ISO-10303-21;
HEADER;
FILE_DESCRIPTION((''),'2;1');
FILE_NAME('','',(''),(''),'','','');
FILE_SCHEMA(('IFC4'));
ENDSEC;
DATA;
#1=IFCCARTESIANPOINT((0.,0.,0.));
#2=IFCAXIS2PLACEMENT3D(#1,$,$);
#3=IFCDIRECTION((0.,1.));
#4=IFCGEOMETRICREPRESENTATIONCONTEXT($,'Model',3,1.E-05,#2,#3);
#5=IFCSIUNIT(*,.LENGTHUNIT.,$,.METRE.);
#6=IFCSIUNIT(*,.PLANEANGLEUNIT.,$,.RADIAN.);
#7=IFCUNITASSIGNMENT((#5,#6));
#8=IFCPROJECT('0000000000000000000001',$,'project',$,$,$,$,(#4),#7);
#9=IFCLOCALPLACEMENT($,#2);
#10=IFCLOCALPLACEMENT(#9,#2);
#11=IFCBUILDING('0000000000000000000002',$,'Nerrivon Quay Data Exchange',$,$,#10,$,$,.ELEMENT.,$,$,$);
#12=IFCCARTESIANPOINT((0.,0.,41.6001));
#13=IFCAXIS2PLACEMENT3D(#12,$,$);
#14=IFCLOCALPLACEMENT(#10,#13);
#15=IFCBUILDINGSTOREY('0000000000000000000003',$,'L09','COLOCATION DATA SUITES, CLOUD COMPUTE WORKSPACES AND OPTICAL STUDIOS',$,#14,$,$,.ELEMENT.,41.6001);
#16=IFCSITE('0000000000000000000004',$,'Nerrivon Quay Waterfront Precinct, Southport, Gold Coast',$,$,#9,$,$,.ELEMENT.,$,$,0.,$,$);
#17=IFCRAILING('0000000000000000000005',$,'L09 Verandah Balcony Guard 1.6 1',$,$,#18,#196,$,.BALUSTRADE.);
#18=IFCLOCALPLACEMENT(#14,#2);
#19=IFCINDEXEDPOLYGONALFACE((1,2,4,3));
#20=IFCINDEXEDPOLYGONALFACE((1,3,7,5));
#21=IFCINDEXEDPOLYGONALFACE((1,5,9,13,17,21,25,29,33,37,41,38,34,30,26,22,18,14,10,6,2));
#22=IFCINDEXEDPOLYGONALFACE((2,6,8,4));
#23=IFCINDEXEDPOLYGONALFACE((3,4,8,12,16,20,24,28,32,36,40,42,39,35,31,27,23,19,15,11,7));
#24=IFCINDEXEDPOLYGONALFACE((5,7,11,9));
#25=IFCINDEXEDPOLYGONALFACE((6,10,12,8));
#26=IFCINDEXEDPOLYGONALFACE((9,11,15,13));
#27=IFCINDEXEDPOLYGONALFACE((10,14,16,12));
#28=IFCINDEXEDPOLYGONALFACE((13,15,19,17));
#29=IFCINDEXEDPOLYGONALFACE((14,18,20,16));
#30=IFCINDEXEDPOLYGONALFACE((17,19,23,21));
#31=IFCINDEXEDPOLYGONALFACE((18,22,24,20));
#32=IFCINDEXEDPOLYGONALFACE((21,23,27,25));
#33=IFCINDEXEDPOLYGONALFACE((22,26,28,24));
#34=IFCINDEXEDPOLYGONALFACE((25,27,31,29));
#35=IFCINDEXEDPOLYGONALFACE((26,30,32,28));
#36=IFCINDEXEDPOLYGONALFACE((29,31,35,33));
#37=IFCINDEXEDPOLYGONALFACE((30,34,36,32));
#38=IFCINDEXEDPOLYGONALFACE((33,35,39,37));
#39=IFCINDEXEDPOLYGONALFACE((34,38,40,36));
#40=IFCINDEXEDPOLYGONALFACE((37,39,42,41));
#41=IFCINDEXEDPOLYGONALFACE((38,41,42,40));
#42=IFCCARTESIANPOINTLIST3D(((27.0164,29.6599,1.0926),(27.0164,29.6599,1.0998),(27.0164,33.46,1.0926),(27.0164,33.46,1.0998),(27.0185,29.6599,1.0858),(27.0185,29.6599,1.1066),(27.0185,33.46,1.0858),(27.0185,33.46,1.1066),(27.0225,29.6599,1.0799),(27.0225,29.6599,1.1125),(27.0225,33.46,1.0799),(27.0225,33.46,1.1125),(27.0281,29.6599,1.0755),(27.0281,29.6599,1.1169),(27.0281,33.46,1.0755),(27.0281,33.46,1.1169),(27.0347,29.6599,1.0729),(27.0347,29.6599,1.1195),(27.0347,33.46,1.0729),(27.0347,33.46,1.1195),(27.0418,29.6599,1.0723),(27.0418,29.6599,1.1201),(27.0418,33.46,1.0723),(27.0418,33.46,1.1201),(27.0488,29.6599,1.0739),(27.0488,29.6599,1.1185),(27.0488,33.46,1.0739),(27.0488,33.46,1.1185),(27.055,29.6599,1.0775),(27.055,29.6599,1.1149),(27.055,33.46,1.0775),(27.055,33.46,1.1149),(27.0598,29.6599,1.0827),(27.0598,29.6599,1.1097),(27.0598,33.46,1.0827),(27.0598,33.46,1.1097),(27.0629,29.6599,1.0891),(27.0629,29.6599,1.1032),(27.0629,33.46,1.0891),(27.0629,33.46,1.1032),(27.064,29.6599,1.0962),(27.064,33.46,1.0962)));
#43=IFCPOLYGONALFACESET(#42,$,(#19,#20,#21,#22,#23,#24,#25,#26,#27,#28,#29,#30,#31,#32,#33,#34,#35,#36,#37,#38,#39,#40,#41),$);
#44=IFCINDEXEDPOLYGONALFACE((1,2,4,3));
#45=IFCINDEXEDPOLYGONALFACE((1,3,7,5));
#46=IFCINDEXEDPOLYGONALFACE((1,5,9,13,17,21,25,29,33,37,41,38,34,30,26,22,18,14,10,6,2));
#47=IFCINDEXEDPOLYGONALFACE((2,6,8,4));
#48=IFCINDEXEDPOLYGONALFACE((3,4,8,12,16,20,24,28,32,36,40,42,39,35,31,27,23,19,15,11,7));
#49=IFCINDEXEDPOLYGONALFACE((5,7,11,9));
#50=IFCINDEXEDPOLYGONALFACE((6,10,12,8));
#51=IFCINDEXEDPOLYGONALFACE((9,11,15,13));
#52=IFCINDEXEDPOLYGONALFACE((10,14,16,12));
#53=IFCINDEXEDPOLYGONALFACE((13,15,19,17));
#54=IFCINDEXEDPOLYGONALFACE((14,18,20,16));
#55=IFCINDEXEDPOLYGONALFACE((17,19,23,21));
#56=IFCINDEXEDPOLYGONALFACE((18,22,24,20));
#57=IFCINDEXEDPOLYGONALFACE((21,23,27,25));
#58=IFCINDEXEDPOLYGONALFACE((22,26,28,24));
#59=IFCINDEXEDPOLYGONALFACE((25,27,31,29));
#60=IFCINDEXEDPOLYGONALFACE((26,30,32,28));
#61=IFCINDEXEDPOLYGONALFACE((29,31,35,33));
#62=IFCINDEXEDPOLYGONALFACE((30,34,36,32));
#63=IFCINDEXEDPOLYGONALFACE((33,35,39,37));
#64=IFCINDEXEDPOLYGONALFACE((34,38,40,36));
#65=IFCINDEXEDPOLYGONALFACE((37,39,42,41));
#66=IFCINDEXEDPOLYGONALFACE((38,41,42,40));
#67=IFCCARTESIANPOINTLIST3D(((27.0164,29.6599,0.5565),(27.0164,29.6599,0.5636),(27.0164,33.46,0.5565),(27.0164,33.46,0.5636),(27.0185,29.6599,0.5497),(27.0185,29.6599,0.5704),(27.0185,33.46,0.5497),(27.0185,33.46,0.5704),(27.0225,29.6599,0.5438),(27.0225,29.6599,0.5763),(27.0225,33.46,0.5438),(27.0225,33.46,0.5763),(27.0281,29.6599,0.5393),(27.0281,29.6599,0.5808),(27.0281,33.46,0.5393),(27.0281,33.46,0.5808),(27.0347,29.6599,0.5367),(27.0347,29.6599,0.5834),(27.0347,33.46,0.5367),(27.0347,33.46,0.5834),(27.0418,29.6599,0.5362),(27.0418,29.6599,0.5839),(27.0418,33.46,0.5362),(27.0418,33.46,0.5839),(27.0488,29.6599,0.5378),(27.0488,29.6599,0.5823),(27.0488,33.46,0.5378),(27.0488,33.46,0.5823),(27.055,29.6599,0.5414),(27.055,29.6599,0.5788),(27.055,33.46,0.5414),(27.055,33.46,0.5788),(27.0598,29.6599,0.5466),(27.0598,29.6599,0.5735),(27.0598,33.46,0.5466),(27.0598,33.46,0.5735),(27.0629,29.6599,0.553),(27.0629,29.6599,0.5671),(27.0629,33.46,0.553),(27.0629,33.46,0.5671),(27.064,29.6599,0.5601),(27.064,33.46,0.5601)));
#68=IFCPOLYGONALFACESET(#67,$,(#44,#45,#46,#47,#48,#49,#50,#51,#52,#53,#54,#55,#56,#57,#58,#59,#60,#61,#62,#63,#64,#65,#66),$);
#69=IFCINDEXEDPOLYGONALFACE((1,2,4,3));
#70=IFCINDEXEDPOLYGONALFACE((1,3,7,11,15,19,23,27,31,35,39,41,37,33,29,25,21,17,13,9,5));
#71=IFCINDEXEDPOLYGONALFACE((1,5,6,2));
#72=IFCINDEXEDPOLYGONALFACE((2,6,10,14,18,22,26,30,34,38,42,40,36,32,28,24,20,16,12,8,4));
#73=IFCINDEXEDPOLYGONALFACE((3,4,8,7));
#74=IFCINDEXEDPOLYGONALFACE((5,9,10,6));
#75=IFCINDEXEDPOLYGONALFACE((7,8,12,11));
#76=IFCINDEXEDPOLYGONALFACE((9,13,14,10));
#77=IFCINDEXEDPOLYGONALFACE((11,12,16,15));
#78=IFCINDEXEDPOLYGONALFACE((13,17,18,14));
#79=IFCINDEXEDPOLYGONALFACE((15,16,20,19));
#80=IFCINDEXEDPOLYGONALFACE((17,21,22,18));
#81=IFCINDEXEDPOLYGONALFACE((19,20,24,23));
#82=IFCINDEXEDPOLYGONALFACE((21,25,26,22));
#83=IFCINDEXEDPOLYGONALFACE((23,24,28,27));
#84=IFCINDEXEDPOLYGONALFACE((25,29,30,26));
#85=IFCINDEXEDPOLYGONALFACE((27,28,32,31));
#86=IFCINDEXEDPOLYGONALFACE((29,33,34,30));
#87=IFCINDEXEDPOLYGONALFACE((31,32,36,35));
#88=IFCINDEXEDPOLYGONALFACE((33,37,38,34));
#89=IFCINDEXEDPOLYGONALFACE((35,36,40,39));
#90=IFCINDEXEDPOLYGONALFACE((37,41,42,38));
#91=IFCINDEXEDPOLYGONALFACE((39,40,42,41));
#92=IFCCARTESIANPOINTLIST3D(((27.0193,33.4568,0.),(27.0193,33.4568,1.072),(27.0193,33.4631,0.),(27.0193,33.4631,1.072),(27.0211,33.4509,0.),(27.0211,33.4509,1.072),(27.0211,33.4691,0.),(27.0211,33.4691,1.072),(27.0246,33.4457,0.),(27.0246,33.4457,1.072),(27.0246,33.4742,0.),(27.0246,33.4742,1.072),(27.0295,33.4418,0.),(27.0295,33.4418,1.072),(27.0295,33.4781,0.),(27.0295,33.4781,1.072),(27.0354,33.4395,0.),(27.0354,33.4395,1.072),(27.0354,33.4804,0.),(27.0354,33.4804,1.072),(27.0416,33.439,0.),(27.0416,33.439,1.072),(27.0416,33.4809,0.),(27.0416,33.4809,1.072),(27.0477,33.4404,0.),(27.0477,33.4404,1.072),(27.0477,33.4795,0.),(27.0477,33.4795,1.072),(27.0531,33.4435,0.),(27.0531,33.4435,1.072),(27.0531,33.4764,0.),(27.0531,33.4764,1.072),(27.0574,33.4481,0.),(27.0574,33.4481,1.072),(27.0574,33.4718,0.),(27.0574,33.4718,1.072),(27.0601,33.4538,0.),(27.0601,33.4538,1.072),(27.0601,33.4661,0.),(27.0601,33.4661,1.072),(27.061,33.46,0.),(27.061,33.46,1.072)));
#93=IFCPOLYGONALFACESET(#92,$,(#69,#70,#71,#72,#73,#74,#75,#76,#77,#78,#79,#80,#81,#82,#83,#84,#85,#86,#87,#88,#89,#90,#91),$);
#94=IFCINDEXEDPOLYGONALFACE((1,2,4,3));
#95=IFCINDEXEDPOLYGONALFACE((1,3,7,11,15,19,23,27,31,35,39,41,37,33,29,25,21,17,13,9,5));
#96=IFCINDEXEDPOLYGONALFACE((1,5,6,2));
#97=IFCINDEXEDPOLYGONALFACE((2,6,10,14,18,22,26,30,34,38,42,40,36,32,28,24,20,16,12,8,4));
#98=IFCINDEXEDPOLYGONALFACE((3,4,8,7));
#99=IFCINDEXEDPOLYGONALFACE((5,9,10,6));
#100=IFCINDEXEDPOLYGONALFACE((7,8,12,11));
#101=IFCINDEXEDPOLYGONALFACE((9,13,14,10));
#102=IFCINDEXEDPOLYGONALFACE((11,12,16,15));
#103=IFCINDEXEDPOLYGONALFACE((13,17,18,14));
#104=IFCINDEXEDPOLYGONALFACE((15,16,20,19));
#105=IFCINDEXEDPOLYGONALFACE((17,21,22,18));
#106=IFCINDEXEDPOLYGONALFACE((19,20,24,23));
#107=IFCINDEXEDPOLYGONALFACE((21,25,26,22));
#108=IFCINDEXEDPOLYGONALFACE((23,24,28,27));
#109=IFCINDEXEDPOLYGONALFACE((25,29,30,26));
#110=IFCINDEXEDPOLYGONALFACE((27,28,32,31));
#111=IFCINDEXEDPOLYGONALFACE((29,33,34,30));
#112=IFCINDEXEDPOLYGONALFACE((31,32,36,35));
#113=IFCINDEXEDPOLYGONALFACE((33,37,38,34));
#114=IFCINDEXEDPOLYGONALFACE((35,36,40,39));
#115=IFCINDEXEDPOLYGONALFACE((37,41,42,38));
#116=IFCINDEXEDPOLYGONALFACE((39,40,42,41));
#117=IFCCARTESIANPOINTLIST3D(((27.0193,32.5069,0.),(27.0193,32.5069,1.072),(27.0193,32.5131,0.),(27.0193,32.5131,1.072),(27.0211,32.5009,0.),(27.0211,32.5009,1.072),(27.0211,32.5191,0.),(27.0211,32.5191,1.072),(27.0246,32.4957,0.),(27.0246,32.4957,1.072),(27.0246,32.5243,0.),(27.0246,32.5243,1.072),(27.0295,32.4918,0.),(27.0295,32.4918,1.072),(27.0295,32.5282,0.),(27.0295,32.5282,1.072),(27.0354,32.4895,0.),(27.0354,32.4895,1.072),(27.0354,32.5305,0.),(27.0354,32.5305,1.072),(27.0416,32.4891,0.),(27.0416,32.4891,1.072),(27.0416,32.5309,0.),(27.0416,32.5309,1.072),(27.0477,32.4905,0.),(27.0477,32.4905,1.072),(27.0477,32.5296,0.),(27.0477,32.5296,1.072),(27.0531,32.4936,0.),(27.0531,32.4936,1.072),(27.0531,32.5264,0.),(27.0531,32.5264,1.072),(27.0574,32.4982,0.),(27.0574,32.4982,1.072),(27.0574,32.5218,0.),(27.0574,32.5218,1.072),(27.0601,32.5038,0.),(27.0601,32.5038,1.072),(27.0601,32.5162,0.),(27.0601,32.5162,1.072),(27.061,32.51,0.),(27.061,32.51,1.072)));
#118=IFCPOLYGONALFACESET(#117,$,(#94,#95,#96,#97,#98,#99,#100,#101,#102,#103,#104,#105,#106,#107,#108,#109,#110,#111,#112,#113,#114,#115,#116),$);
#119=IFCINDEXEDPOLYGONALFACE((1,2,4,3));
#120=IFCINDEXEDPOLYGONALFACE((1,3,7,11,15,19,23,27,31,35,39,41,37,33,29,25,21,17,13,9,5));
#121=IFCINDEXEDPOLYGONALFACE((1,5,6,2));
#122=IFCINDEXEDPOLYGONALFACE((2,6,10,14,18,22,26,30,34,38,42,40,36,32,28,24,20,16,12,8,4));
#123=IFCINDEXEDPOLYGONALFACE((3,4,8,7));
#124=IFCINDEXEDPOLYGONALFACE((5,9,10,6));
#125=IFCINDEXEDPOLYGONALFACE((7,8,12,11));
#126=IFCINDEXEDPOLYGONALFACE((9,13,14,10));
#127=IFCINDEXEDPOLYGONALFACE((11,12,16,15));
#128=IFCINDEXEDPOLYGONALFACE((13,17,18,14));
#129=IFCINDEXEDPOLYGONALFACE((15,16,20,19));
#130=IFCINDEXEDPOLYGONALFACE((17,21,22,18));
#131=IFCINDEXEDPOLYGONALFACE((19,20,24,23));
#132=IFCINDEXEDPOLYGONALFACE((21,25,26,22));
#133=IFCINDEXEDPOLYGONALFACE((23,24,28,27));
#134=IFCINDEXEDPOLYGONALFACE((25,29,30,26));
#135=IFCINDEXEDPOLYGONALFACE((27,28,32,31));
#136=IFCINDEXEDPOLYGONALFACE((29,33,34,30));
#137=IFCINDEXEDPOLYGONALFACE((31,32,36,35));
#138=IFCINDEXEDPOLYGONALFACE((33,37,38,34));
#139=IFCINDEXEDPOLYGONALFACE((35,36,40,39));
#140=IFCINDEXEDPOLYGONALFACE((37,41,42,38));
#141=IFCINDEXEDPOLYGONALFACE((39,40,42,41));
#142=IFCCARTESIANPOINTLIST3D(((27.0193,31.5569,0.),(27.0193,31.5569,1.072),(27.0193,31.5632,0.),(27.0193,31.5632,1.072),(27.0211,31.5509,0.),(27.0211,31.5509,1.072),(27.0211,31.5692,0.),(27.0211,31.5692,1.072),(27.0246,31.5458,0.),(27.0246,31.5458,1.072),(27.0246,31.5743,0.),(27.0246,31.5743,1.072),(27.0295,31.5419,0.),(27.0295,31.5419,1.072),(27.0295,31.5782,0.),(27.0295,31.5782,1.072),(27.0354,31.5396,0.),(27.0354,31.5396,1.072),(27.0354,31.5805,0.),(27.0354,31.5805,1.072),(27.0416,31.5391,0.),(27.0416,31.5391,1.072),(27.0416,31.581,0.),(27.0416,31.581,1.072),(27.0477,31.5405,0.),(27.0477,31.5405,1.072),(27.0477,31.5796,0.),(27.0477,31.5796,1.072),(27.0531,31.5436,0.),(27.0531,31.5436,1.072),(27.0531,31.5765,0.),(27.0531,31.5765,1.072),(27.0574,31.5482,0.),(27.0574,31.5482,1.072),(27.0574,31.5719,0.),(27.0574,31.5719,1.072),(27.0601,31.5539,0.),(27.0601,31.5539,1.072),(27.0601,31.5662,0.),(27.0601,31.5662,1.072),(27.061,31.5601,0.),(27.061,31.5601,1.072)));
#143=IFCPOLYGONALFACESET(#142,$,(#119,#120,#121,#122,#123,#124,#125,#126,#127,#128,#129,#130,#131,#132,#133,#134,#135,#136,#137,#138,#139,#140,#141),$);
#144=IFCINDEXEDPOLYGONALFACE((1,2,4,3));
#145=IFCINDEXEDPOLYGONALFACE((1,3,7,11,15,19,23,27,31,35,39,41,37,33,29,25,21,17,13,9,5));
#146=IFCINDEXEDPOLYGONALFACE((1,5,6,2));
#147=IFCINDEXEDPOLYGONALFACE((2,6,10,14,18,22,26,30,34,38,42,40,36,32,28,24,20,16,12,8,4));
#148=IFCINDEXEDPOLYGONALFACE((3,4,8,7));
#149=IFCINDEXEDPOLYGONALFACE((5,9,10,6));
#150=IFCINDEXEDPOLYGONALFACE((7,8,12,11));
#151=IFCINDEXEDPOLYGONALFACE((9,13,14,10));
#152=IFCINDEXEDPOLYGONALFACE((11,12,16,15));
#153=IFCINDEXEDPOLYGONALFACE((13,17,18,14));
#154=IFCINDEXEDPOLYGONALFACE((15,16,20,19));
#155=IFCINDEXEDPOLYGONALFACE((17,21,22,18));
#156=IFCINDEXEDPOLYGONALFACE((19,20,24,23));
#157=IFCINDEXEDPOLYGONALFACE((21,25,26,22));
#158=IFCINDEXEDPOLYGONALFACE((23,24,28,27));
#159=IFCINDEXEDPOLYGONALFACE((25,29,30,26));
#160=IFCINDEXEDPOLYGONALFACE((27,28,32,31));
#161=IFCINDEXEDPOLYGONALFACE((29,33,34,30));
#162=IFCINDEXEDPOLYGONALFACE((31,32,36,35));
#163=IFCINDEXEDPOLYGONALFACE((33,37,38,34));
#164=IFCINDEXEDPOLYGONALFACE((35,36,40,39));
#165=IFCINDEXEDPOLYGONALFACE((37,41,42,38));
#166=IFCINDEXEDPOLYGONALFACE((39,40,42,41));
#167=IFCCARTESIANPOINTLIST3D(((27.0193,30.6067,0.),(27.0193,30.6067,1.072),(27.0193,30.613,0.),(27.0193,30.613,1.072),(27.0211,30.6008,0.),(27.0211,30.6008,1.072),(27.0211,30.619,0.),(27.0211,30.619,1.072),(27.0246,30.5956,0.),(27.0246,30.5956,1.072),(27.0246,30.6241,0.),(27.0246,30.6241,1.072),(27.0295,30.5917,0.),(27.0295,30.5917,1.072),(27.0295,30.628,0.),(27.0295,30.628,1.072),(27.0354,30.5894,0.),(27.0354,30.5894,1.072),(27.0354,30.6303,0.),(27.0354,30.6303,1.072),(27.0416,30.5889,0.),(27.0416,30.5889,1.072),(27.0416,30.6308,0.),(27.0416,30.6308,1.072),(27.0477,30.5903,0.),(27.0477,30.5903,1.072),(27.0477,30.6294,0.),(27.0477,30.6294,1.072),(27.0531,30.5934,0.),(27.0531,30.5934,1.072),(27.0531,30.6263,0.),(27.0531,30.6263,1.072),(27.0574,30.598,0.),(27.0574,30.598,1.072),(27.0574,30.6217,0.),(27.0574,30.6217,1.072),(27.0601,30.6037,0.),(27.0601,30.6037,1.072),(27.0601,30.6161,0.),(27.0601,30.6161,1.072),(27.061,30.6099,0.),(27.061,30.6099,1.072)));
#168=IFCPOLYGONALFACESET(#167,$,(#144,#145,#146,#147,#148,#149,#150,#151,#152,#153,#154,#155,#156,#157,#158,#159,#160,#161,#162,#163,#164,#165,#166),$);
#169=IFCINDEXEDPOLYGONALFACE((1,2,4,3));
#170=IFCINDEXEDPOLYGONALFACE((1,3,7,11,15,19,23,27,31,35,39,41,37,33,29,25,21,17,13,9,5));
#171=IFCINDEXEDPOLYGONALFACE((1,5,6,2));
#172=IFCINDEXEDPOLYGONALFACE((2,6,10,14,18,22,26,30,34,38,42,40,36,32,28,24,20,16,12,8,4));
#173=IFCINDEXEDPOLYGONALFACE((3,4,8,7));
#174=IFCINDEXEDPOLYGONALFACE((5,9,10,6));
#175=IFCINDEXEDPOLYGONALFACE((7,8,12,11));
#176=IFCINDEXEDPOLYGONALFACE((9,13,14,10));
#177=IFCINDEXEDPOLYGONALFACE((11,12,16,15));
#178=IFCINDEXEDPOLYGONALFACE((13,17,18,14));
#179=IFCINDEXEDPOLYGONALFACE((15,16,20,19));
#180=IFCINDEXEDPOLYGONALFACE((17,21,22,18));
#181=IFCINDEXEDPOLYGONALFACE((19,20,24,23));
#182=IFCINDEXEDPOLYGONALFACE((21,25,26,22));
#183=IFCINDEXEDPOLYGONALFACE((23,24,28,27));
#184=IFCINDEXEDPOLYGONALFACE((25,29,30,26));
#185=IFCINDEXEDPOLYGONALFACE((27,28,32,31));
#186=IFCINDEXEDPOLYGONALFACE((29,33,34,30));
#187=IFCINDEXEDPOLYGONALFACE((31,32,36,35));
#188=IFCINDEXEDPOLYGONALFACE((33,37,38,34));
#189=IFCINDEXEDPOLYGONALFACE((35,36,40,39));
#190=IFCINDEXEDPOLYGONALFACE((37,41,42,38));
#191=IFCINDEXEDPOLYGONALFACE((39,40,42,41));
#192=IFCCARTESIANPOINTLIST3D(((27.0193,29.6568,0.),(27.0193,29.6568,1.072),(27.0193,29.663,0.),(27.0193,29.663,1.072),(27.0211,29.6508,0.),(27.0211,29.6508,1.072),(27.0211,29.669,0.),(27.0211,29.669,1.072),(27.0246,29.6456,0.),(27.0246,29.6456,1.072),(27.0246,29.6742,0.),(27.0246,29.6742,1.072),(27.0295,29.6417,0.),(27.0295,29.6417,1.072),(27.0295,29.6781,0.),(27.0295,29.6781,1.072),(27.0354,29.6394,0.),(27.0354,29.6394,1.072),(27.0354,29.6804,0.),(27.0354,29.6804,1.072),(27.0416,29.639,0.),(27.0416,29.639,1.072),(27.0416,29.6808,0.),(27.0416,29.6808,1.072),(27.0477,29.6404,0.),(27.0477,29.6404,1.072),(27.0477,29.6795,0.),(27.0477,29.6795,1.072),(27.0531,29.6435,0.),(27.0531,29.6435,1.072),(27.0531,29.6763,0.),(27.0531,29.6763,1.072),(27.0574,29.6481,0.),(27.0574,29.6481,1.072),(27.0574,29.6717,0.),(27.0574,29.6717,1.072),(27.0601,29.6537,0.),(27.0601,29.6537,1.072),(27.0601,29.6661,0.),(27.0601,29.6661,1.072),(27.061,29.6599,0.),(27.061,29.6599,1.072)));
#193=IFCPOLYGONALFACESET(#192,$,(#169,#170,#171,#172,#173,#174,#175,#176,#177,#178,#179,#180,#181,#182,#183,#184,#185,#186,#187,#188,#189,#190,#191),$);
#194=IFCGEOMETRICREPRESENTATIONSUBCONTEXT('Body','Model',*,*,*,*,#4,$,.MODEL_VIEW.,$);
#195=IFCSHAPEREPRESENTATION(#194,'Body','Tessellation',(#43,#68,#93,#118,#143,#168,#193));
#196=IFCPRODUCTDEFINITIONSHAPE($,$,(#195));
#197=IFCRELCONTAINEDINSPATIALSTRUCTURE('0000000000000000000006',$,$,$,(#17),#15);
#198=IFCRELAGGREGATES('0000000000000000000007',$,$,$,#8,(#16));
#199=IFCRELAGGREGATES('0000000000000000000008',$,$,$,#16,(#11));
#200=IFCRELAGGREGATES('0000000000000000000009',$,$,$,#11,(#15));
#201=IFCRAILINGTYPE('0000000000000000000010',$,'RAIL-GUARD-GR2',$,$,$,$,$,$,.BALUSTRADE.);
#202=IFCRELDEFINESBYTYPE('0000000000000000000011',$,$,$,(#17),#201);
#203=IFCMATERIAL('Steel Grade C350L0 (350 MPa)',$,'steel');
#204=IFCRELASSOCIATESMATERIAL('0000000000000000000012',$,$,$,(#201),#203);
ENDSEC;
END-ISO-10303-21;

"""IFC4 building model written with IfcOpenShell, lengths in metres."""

from ifc_helpers import new_model, si_unit, direction, frame, origin, origin_2d, place, context, subcontext, project, spatial, circle, extrude, material, type_object, element, save


model = new_model("IFC4")

# Units and contexts
model_context = context("Model", 3, precision=1e-05, world=origin(), true_north=direction((0.0, 1.0)))
body_context = subcontext(model_context, "Body", "Model", "MODEL_VIEW")
ifc_project = project(units=[si_unit("LENGTHUNIT", "METRE"), si_unit("PLANEANGLEUNIT", "RADIAN")], contexts=[model_context])

# Site, building, storey
site_placement = place(None, origin())
site = spatial("IfcSite", under=ifc_project, at=site_placement, Name="Nerrivon Quay Waterfront Precinct, Southport, Gold Coast", CompositionType="ELEMENT", RefElevation=0.0)
building_placement = place(site_placement, origin())
building = spatial("IfcBuilding", under=site, at=building_placement, Name="Nerrivon Quay Data Exchange", CompositionType="ELEMENT")
storey_placement = place(building_placement, frame((0.0, 0.0, 41.6001)))
storey = spatial("IfcBuildingStorey", under=building, at=storey_placement, Name="L09", Description="COLOCATION DATA SUITES, CLOUD COMPUTE WORKSPACES AND OPTICAL STUDIOS", CompositionType="ELEMENT", Elevation=41.6001)

# Railing
ifc_material_1 = material(Name="Steel Grade C350L0 (350 MPa)", Category="steel")
railing_type = type_object("IfcRailingType", Name="RAIL-GUARD-GR2", PredefinedType="BALUSTRADE", material=ifc_material_1)
railing_1_placement = place(storey_placement, frame((27.04, 33.46, 0.0)))
element("IfcRailing", 1, at=railing_1_placement, inside=storey, type_object=railing_type, Name="L09 Verandah Balcony Guard 1.6 1", PredefinedType="BALUSTRADE", context=body_context, shape_type="SweptSolid", body=[
    extrude(circle(Radius=0.0239, at=origin_2d()), frame((0.0, 0.0, 1.0962), z_axis=(0.0, -1.0, 0.0), x_axis=(1.0, 0.0, 0.0)), (0.0, 0.0, 1.0), 3.8),
    extrude(circle(Radius=0.0239, at=origin_2d()), frame((0.0, 0.0, 0.5601), z_axis=(0.0, -1.0, 0.0), x_axis=(1.0, 0.0, 0.0)), (0.0, 0.0, 1.0), 3.8),
    extrude(circle(Radius=0.021, at=origin_2d()), origin(), (0.0, 0.0, 1.0), 1.072),
    extrude(circle(Radius=0.021, at=origin_2d()), frame((0.0, -0.95, 0.0)), (0.0, 0.0, 1.0), 1.072),
    extrude(circle(Radius=0.021, at=origin_2d()), frame((0.0, -1.8999, 0.0)), (0.0, 0.0, 1.0), 1.072),
    extrude(circle(Radius=0.021, at=origin_2d()), frame((0.0, -2.8501, 0.0)), (0.0, 0.0, 1.0), 1.072),
    extrude(circle(Radius=0.021, at=origin_2d()), frame((0.0, -3.8, 0.0)), (0.0, 0.0, 1.0), 1.072),
])

save(model, "model.ifc")
